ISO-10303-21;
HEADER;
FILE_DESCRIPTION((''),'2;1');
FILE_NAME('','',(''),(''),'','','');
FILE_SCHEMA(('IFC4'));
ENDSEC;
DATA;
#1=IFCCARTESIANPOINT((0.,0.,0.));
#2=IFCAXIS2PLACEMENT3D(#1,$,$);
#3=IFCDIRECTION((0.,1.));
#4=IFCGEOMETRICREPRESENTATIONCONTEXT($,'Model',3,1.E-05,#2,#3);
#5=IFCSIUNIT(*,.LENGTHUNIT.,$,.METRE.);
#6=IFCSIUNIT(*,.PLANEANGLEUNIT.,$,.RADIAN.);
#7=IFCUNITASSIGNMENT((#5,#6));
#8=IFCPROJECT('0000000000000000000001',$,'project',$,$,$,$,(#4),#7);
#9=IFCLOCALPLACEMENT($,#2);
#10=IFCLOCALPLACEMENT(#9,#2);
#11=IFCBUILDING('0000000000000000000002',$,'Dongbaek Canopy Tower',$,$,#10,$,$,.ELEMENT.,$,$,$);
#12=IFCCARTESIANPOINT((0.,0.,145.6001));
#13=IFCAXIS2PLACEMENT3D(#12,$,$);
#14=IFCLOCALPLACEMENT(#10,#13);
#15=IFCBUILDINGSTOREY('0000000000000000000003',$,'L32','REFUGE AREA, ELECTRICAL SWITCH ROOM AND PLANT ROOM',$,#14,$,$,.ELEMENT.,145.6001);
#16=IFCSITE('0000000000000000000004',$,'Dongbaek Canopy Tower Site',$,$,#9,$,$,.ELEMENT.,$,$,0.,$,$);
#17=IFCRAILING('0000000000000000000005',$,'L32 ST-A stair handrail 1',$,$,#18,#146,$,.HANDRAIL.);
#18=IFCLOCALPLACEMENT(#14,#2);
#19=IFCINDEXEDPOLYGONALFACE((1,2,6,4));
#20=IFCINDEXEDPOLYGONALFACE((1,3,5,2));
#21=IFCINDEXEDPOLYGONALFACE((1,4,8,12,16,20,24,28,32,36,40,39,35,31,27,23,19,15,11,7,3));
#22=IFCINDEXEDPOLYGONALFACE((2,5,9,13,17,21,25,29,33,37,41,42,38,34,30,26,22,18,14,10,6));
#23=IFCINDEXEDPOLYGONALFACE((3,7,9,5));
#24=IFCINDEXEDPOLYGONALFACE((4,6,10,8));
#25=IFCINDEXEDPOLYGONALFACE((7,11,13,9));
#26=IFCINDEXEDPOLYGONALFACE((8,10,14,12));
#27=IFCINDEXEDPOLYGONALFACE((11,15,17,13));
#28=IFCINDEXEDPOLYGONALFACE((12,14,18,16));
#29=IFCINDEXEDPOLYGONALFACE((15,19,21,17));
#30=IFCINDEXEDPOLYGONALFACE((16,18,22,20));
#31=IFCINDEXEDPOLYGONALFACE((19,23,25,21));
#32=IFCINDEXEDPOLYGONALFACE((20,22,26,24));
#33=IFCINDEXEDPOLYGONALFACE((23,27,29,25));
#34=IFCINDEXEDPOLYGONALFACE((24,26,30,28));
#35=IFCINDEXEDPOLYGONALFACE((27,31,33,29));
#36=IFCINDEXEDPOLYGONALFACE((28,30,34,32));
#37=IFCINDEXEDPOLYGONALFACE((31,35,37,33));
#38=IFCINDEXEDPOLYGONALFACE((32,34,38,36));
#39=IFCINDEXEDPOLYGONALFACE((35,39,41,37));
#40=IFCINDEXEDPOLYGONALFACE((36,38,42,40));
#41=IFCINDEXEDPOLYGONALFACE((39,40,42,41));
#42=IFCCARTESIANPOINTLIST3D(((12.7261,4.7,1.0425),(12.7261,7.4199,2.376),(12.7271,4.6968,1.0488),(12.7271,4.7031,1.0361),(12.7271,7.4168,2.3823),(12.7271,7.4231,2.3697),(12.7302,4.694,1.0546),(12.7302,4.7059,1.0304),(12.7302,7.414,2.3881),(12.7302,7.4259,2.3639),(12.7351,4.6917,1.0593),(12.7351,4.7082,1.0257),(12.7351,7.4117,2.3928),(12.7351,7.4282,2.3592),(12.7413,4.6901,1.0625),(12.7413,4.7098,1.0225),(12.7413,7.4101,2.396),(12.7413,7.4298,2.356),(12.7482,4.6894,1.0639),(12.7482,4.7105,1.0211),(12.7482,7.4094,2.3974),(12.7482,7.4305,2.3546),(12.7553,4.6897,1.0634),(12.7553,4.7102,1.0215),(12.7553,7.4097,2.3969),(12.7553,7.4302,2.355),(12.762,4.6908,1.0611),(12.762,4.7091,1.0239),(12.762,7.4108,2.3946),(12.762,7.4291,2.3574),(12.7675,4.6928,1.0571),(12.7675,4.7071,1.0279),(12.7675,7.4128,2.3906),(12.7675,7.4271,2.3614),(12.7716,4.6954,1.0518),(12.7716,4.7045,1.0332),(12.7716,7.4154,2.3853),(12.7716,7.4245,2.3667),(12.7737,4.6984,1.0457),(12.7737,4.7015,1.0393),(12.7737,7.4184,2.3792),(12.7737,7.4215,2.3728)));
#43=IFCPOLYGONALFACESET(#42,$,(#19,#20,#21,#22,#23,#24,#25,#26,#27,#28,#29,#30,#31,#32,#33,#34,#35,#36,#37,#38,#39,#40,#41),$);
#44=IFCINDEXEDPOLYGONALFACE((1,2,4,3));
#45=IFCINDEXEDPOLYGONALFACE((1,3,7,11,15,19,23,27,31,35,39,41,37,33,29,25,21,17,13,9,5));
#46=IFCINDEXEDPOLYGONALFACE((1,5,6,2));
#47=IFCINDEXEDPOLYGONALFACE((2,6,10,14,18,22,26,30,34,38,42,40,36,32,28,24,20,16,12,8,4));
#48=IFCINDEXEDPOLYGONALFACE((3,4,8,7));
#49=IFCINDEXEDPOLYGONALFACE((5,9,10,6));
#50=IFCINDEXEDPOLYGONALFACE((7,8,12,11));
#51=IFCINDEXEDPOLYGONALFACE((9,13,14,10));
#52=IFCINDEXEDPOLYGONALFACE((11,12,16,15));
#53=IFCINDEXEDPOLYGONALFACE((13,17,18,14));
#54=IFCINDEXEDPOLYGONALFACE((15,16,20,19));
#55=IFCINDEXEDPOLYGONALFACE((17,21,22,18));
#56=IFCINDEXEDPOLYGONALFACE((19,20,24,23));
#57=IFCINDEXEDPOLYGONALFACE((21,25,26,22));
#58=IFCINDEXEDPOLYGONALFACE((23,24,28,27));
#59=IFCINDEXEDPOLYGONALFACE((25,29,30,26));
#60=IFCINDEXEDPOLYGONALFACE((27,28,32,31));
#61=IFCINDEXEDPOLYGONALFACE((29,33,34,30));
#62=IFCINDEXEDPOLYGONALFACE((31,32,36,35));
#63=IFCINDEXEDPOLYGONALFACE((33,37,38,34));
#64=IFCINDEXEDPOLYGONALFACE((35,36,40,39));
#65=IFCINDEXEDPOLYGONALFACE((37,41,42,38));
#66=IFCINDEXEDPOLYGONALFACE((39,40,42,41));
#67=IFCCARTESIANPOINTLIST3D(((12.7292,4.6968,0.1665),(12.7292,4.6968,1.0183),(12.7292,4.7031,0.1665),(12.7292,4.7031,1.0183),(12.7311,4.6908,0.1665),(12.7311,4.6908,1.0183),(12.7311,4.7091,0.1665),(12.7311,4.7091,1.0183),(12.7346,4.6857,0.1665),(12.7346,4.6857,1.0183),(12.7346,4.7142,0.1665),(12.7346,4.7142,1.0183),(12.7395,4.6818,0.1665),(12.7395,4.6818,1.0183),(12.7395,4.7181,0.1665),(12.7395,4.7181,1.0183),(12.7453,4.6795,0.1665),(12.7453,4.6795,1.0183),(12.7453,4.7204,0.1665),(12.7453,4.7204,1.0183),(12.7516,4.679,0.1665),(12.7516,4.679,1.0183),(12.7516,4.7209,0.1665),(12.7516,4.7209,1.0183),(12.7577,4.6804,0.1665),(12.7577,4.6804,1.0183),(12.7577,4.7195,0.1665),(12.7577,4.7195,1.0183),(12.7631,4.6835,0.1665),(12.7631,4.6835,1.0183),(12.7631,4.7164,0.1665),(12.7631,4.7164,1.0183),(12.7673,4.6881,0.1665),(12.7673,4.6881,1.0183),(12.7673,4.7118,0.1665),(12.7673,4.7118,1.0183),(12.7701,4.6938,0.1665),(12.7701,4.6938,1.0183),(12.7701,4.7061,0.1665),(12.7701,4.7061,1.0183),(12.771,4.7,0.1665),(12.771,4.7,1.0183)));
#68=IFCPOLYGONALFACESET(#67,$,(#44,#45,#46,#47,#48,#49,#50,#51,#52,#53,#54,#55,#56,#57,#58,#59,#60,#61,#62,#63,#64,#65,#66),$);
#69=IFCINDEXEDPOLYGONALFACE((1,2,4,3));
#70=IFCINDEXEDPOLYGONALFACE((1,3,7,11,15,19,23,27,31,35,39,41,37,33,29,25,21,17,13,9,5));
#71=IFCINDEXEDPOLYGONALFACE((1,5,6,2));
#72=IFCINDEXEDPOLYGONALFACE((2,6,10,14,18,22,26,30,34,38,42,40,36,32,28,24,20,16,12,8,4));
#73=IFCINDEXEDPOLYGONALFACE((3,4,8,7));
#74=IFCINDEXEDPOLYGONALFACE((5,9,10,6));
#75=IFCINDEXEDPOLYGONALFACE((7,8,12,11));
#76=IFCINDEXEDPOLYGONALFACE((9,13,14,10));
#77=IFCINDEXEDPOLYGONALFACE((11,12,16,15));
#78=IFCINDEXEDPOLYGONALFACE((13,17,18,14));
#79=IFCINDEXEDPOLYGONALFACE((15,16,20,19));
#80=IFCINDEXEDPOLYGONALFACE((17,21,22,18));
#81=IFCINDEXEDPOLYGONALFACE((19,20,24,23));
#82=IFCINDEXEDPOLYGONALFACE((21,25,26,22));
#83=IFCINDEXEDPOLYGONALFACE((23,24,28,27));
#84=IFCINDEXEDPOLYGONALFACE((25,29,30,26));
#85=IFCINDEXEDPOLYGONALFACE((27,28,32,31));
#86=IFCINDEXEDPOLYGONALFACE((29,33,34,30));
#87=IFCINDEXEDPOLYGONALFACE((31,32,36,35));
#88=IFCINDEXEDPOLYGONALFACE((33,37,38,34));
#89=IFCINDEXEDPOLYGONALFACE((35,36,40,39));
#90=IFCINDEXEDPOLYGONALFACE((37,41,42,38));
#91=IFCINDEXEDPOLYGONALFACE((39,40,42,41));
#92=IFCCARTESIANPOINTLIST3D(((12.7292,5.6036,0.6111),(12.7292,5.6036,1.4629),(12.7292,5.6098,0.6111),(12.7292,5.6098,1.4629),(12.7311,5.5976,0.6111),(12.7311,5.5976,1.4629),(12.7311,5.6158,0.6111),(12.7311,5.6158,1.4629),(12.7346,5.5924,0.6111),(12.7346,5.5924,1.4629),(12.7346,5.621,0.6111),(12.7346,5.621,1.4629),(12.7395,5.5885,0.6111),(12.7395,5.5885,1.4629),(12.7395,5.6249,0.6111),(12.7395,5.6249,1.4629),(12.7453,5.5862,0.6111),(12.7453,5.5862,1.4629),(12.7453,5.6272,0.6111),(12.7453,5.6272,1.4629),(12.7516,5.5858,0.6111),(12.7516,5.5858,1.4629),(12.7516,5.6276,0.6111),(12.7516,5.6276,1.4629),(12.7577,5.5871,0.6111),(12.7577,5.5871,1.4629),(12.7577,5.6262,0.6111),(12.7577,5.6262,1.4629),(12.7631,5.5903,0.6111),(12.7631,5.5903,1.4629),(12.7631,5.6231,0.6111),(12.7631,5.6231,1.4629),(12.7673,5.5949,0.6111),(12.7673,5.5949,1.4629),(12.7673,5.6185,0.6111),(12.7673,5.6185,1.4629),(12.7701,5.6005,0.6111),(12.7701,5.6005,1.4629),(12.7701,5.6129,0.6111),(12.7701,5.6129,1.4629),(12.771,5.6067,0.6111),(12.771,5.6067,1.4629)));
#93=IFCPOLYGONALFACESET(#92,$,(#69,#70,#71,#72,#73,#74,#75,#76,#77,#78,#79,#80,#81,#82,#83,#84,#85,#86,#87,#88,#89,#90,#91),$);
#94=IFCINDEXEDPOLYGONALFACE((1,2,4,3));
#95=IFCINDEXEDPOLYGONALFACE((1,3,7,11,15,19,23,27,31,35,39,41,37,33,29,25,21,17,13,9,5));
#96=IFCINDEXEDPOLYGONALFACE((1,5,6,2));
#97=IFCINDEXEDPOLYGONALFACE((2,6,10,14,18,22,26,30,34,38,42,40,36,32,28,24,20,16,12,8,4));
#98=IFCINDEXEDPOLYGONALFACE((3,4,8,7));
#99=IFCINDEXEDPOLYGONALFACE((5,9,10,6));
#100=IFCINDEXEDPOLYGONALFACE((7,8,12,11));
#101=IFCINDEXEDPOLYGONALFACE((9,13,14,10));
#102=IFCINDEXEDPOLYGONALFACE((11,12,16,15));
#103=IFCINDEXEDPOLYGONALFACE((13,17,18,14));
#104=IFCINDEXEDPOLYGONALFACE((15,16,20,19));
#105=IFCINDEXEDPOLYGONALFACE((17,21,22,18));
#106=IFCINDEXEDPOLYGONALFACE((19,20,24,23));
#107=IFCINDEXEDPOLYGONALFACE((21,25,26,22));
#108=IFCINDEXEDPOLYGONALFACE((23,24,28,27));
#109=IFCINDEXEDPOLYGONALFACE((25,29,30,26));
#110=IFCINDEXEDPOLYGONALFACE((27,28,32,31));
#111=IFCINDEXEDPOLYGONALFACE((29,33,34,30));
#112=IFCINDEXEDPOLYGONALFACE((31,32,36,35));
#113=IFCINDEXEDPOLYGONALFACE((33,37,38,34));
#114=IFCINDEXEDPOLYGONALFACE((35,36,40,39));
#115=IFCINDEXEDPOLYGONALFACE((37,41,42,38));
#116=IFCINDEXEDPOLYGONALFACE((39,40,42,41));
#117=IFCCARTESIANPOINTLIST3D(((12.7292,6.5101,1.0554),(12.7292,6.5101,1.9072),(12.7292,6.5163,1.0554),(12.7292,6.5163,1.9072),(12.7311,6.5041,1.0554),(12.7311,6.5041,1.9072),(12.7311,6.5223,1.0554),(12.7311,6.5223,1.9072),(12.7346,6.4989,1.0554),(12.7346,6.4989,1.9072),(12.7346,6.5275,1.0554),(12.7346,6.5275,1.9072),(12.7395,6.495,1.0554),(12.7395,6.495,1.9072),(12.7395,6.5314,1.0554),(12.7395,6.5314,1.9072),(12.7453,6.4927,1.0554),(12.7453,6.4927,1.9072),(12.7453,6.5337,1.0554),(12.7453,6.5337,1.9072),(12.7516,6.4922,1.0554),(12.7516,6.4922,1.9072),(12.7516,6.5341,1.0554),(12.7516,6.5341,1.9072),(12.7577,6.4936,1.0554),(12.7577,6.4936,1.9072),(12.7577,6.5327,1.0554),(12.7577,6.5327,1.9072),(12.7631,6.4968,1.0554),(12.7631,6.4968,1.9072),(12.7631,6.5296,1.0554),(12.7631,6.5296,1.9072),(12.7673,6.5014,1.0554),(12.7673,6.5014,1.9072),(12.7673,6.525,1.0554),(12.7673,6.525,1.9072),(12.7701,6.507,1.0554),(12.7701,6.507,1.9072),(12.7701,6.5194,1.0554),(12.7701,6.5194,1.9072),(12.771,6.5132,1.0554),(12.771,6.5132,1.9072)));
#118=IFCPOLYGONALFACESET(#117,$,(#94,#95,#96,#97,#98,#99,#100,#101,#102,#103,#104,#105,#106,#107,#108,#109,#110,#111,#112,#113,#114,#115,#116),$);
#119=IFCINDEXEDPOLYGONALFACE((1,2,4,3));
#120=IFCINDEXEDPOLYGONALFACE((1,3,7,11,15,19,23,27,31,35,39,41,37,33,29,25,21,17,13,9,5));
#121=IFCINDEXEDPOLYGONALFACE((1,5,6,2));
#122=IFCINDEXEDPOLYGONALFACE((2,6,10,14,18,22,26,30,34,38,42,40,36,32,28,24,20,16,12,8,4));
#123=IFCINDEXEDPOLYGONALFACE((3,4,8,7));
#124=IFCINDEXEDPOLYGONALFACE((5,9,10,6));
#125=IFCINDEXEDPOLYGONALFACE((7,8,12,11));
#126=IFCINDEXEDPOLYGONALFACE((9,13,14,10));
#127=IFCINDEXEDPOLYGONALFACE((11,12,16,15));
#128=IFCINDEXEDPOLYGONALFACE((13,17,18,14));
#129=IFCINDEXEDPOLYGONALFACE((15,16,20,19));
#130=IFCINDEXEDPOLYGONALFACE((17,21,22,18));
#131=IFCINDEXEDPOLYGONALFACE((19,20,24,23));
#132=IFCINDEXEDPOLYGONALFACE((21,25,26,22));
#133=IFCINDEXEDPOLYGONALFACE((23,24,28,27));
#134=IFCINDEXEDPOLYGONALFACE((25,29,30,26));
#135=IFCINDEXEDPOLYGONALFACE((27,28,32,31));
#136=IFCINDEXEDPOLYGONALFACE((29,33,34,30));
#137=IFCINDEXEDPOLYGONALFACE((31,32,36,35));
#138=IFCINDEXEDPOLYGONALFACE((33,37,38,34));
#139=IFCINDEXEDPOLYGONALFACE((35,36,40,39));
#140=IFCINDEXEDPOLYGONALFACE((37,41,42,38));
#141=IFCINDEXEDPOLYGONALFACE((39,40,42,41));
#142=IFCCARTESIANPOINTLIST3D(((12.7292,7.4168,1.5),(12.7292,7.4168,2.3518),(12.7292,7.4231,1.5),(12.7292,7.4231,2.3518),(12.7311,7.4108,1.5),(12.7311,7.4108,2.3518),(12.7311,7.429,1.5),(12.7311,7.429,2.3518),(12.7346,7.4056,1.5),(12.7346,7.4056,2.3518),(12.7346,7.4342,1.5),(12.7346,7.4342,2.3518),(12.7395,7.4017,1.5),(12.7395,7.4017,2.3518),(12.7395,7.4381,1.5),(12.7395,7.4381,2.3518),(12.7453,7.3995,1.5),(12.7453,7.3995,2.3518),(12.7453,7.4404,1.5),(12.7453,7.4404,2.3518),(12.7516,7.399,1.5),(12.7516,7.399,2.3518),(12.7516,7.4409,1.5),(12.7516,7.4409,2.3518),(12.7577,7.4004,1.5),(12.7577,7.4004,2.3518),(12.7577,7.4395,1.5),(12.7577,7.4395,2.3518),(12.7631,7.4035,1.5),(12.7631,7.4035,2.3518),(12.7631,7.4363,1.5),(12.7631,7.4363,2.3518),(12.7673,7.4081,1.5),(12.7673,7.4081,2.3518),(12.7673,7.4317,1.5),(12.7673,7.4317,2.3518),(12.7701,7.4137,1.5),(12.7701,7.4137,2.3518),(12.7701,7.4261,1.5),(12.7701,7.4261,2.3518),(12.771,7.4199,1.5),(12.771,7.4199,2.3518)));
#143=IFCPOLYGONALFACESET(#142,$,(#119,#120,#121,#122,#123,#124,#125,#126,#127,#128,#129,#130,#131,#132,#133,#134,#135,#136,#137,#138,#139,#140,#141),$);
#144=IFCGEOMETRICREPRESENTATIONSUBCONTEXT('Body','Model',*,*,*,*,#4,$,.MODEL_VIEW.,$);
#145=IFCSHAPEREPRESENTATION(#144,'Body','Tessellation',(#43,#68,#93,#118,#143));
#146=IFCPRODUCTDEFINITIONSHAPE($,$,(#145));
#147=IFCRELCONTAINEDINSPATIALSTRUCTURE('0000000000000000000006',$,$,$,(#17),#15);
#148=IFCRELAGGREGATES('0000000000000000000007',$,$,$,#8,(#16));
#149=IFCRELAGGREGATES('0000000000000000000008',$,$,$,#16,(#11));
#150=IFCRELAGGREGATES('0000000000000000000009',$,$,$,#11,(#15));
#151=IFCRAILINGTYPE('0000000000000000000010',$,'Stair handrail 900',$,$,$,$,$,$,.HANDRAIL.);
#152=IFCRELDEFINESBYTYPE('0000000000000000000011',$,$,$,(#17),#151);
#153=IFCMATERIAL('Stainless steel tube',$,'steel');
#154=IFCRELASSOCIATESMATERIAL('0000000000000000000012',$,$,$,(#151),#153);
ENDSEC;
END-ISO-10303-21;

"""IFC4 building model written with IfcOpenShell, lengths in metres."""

from ifc_helpers import new_model, si_unit, direction, frame, origin, origin_2d, place, context, subcontext, project, spatial, circle, extrude, material, type_object, element, save


model = new_model("IFC4")

# Units and contexts
model_context = context("Model", 3, precision=1e-05, world=origin(), true_north=direction((0.0, 1.0)))
body_context = subcontext(model_context, "Body", "Model", "MODEL_VIEW")
ifc_project = project(units=[si_unit("LENGTHUNIT", "METRE"), si_unit("PLANEANGLEUNIT", "RADIAN")], contexts=[model_context])

# Site, building, storey
site_placement = place(None, origin())
site = spatial("IfcSite", under=ifc_project, at=site_placement, Name="Dongbaek Canopy Tower Site", CompositionType="ELEMENT", RefElevation=0.0)
building_placement = place(site_placement, origin())
building = spatial("IfcBuilding", under=site, at=building_placement, Name="Dongbaek Canopy Tower", CompositionType="ELEMENT")
storey_placement = place(building_placement, frame((0.0, 0.0, 145.6001)))
storey = spatial("IfcBuildingStorey", under=building, at=storey_placement, Name="L32", Description="REFUGE AREA, ELECTRICAL SWITCH ROOM AND PLANT ROOM", CompositionType="ELEMENT", Elevation=145.6001)

# Railing
ifc_material_1 = material(Name="Stainless steel tube", Category="steel")
railing_type_1 = type_object("IfcRailingType", Name="Stair handrail 900", PredefinedType="HANDRAIL", material=ifc_material_1)
for number, where, name in (
    (1, (12.75, 4.7, 0.1665), "L32 ST-A stair handrail 1"),
):
    element("IfcRailing", number, at=place(storey_placement, frame(where)), inside=storey, type_object=railing_type_1, Name=name, PredefinedType="HANDRAIL", context=body_context, shape_type="SweptSolid", body=[
        extrude(circle(Radius=0.0239, at=origin_2d()), frame((0.0, 0.0, 0.876), z_axis=(0.0, 0.897898, 0.440204), x_axis=(-1.0, 0.0, 0.0)), (0.0, 0.0, 1.0), 3.0293),
        extrude(circle(Radius=0.021, at=origin_2d()), origin(), (0.0, 0.0, 1.0), 0.8518),
        extrude(circle(Radius=0.021, at=origin_2d()), frame((0.0, 0.9067, 0.4446)), (0.0, 0.0, 1.0), 0.8518),
        extrude(circle(Radius=0.021, at=origin_2d()), frame((0.0, 1.8132, 0.8889)), (0.0, 0.0, 1.0), 0.8518),
        extrude(circle(Radius=0.021, at=origin_2d()), frame((0.0, 2.72, 1.3335)), (0.0, 0.0, 1.0), 0.8518),
    ])

save(model, "model.ifc")
